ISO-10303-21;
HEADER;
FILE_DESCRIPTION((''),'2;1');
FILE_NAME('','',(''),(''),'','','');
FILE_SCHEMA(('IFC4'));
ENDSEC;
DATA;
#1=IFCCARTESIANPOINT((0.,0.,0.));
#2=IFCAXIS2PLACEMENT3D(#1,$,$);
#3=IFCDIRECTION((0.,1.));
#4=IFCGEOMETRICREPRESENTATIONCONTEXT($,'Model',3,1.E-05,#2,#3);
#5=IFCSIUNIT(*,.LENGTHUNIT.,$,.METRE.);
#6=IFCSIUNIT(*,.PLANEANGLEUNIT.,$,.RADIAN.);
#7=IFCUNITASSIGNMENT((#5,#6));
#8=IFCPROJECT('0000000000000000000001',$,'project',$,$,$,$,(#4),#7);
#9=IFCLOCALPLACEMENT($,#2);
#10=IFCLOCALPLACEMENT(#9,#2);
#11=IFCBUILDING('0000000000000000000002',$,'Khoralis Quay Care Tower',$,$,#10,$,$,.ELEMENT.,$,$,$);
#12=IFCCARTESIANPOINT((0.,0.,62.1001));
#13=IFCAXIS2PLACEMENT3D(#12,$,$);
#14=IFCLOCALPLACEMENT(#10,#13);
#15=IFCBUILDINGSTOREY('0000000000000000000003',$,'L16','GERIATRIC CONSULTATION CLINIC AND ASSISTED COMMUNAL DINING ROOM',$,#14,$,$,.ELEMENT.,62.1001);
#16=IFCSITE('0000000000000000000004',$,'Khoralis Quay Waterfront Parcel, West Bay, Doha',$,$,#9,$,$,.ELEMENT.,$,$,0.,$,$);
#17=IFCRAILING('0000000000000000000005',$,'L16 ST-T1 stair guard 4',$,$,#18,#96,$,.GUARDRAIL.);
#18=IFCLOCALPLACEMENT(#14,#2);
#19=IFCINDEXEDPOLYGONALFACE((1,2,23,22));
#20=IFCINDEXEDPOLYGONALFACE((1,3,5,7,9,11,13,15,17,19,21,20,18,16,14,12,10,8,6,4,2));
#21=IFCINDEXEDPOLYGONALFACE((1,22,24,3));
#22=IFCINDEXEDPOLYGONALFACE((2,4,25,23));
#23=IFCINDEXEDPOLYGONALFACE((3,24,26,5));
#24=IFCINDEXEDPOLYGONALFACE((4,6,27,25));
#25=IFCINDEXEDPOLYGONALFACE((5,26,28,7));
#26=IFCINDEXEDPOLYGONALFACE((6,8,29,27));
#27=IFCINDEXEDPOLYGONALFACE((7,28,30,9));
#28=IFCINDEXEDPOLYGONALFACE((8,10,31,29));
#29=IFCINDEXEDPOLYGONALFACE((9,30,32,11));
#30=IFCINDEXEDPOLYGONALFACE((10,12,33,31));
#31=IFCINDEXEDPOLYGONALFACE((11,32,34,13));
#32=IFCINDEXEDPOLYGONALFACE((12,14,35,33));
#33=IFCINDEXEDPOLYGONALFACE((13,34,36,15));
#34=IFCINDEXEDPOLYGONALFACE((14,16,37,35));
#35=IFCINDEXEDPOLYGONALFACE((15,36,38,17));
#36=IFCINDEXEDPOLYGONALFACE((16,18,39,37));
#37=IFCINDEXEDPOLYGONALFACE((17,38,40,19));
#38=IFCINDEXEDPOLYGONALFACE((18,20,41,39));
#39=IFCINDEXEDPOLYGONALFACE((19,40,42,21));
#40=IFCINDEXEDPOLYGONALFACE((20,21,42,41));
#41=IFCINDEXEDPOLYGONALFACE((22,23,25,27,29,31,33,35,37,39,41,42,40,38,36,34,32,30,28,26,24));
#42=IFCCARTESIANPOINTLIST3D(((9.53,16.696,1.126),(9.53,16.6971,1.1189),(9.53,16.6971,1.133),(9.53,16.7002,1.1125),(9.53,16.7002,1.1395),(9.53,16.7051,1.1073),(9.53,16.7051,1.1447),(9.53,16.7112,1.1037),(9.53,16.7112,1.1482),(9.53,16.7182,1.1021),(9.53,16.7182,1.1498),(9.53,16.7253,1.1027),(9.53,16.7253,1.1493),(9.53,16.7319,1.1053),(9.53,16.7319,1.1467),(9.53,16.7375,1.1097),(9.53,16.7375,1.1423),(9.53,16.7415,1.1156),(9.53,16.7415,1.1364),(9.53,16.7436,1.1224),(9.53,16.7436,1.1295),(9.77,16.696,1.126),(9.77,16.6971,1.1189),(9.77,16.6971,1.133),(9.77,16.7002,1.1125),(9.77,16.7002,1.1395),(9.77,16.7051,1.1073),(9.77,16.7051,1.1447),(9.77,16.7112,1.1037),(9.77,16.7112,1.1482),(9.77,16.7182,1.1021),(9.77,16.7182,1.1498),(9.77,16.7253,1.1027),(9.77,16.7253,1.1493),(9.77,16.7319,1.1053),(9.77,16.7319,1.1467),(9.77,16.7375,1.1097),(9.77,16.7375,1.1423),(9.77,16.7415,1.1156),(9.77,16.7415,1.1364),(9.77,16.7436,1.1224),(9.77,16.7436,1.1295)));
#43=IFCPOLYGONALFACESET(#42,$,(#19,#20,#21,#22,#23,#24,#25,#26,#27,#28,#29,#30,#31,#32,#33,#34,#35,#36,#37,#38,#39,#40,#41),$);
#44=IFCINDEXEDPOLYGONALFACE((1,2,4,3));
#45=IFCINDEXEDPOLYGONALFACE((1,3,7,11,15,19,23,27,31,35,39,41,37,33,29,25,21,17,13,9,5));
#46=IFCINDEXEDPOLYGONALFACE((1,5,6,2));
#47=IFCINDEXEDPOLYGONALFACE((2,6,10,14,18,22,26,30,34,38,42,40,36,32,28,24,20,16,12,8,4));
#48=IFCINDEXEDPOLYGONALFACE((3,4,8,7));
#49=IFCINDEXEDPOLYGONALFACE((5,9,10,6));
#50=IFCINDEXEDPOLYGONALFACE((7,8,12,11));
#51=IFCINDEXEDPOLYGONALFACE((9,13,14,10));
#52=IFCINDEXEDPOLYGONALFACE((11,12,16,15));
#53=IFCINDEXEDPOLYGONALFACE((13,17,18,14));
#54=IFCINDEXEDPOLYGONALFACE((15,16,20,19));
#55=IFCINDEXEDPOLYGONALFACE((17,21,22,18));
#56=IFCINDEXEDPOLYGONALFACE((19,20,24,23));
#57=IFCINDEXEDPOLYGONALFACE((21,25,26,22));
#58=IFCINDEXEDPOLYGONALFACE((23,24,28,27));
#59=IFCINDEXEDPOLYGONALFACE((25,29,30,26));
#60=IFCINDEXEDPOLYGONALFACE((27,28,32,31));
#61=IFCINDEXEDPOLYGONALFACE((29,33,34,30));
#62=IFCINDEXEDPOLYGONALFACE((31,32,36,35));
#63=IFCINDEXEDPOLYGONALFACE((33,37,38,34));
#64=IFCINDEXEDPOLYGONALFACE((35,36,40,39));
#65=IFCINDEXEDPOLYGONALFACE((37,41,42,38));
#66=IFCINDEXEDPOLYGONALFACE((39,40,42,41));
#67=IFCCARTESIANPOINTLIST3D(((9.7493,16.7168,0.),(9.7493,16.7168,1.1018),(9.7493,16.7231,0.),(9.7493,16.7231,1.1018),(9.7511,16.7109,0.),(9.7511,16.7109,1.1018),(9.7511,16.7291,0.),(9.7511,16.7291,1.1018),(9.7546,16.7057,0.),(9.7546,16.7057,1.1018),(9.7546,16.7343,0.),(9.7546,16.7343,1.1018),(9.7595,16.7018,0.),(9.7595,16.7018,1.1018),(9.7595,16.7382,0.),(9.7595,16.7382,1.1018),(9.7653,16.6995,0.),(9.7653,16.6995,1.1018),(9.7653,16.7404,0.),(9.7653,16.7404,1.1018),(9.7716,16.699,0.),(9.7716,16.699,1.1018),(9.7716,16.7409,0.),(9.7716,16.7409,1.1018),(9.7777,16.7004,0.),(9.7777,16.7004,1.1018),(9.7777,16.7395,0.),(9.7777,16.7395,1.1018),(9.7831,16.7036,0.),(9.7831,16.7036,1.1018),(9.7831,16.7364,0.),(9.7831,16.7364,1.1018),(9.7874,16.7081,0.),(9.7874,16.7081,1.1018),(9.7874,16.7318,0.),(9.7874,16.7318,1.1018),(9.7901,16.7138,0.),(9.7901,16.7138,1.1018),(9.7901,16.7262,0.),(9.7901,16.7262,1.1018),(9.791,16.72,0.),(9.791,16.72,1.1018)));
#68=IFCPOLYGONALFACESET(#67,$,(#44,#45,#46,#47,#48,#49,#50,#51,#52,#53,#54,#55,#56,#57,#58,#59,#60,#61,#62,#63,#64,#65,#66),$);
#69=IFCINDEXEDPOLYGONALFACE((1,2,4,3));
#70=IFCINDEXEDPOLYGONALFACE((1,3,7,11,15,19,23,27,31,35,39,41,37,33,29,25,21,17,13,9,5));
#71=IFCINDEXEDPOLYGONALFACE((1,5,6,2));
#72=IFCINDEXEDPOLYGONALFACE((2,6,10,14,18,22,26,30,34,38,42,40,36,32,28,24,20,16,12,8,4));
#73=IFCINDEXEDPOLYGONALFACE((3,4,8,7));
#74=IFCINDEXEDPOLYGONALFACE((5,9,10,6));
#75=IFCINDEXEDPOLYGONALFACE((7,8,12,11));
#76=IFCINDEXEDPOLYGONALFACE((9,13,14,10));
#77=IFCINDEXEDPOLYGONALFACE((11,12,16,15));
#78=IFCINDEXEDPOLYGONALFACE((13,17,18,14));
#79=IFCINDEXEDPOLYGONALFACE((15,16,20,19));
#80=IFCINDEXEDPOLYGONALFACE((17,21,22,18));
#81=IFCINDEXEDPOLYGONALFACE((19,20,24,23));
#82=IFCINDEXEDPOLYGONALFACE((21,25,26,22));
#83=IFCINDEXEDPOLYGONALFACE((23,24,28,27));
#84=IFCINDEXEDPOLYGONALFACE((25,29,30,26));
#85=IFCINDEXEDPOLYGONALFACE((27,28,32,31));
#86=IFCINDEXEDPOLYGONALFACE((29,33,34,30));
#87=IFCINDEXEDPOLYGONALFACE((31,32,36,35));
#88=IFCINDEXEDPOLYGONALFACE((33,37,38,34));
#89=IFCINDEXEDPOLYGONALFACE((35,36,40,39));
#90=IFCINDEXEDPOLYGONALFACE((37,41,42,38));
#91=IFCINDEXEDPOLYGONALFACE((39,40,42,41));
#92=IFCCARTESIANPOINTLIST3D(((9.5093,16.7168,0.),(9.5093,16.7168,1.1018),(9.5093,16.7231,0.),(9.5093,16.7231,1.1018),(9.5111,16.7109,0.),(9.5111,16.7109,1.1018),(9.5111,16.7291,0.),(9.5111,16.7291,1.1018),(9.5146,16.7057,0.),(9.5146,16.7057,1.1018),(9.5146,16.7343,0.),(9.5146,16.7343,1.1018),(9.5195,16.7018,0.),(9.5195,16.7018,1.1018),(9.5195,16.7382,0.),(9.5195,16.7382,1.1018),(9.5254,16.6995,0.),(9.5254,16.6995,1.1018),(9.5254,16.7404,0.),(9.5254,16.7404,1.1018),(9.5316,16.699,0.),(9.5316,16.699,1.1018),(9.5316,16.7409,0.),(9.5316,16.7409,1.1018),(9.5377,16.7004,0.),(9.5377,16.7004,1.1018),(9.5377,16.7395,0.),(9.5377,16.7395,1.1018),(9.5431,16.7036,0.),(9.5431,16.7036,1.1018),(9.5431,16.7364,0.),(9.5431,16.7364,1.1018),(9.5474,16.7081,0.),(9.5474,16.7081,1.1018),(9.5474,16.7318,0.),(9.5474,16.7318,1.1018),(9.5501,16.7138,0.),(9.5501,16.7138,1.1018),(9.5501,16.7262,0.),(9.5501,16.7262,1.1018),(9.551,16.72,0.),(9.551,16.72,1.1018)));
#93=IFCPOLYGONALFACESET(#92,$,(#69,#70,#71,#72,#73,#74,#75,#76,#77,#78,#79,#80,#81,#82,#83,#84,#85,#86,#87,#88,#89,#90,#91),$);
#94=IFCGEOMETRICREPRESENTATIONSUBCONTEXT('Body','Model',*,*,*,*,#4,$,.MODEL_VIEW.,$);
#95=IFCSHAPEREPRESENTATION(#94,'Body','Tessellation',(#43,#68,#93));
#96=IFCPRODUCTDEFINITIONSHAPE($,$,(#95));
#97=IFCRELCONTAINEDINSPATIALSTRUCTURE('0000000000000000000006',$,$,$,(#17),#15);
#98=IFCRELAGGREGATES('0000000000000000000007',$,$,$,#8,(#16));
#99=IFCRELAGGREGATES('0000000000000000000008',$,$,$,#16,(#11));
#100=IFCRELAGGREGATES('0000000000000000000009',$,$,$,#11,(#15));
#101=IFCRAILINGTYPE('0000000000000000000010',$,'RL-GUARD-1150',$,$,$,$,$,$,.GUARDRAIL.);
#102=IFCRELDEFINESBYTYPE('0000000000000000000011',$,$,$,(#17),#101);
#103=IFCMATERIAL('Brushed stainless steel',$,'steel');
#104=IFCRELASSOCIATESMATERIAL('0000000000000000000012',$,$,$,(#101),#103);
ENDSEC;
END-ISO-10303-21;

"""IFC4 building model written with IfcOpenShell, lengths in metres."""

from ifc_helpers import new_model, si_unit, direction, frame, origin, origin_2d, place, context, subcontext, project, spatial, circle, extrude, material, type_object, element, save


model = new_model("IFC4")

# Units and contexts
model_context = context("Model", 3, precision=1e-05, world=origin(), true_north=direction((0.0, 1.0)))
body_context = subcontext(model_context, "Body", "Model", "MODEL_VIEW")
ifc_project = project(units=[si_unit("LENGTHUNIT", "METRE"), si_unit("PLANEANGLEUNIT", "RADIAN")], contexts=[model_context])

# Site, building, storey
site_placement = place(None, origin())
site = spatial("IfcSite", under=ifc_project, at=site_placement, Name="Khoralis Quay Waterfront Parcel, West Bay, Doha", CompositionType="ELEMENT", RefElevation=0.0)
building_placement = place(site_placement, origin())
building = spatial("IfcBuilding", under=site, at=building_placement, Name="Khoralis Quay Care Tower", CompositionType="ELEMENT")
storey_placement = place(building_placement, frame((0.0, 0.0, 62.1001)))
storey = spatial("IfcBuildingStorey", under=building, at=storey_placement, Name="L16", Description="GERIATRIC CONSULTATION CLINIC AND ASSISTED COMMUNAL DINING ROOM", CompositionType="ELEMENT", Elevation=62.1001)

# Shared definitions
ifc_material_1 = material(Name="Brushed stainless steel", Category="steel")

# Railing
railing_type_1 = type_object("IfcRailingType", Name="RL-GUARD-1150", PredefinedType="GUARDRAIL", material=ifc_material_1)
railing_1_placement = place(storey_placement, frame((9.77, 16.72, 0.0)))
element("IfcRailing", 1, at=railing_1_placement, inside=storey, type_object=railing_type_1, Name="L16 ST-T1 stair guard 4", PredefinedType="GUARDRAIL", context=body_context, shape_type="SweptSolid", body=[
    extrude(circle(Radius=0.0239, at=origin_2d()), frame((0.0, 0.0, 1.126), z_axis=(-1.0, 0.0, 0.0), x_axis=(0.0, -1.0, 0.0)), (0.0, 0.0, 1.0), 0.24),
    extrude(circle(Radius=0.021, at=origin_2d()), origin(), (0.0, 0.0, 1.0), 1.1018),
    extrude(circle(Radius=0.021, at=origin_2d()), frame((-0.24, 0.0, 0.0)), (0.0, 0.0, 1.0), 1.1018),
])

save(model, "model.ifc")
